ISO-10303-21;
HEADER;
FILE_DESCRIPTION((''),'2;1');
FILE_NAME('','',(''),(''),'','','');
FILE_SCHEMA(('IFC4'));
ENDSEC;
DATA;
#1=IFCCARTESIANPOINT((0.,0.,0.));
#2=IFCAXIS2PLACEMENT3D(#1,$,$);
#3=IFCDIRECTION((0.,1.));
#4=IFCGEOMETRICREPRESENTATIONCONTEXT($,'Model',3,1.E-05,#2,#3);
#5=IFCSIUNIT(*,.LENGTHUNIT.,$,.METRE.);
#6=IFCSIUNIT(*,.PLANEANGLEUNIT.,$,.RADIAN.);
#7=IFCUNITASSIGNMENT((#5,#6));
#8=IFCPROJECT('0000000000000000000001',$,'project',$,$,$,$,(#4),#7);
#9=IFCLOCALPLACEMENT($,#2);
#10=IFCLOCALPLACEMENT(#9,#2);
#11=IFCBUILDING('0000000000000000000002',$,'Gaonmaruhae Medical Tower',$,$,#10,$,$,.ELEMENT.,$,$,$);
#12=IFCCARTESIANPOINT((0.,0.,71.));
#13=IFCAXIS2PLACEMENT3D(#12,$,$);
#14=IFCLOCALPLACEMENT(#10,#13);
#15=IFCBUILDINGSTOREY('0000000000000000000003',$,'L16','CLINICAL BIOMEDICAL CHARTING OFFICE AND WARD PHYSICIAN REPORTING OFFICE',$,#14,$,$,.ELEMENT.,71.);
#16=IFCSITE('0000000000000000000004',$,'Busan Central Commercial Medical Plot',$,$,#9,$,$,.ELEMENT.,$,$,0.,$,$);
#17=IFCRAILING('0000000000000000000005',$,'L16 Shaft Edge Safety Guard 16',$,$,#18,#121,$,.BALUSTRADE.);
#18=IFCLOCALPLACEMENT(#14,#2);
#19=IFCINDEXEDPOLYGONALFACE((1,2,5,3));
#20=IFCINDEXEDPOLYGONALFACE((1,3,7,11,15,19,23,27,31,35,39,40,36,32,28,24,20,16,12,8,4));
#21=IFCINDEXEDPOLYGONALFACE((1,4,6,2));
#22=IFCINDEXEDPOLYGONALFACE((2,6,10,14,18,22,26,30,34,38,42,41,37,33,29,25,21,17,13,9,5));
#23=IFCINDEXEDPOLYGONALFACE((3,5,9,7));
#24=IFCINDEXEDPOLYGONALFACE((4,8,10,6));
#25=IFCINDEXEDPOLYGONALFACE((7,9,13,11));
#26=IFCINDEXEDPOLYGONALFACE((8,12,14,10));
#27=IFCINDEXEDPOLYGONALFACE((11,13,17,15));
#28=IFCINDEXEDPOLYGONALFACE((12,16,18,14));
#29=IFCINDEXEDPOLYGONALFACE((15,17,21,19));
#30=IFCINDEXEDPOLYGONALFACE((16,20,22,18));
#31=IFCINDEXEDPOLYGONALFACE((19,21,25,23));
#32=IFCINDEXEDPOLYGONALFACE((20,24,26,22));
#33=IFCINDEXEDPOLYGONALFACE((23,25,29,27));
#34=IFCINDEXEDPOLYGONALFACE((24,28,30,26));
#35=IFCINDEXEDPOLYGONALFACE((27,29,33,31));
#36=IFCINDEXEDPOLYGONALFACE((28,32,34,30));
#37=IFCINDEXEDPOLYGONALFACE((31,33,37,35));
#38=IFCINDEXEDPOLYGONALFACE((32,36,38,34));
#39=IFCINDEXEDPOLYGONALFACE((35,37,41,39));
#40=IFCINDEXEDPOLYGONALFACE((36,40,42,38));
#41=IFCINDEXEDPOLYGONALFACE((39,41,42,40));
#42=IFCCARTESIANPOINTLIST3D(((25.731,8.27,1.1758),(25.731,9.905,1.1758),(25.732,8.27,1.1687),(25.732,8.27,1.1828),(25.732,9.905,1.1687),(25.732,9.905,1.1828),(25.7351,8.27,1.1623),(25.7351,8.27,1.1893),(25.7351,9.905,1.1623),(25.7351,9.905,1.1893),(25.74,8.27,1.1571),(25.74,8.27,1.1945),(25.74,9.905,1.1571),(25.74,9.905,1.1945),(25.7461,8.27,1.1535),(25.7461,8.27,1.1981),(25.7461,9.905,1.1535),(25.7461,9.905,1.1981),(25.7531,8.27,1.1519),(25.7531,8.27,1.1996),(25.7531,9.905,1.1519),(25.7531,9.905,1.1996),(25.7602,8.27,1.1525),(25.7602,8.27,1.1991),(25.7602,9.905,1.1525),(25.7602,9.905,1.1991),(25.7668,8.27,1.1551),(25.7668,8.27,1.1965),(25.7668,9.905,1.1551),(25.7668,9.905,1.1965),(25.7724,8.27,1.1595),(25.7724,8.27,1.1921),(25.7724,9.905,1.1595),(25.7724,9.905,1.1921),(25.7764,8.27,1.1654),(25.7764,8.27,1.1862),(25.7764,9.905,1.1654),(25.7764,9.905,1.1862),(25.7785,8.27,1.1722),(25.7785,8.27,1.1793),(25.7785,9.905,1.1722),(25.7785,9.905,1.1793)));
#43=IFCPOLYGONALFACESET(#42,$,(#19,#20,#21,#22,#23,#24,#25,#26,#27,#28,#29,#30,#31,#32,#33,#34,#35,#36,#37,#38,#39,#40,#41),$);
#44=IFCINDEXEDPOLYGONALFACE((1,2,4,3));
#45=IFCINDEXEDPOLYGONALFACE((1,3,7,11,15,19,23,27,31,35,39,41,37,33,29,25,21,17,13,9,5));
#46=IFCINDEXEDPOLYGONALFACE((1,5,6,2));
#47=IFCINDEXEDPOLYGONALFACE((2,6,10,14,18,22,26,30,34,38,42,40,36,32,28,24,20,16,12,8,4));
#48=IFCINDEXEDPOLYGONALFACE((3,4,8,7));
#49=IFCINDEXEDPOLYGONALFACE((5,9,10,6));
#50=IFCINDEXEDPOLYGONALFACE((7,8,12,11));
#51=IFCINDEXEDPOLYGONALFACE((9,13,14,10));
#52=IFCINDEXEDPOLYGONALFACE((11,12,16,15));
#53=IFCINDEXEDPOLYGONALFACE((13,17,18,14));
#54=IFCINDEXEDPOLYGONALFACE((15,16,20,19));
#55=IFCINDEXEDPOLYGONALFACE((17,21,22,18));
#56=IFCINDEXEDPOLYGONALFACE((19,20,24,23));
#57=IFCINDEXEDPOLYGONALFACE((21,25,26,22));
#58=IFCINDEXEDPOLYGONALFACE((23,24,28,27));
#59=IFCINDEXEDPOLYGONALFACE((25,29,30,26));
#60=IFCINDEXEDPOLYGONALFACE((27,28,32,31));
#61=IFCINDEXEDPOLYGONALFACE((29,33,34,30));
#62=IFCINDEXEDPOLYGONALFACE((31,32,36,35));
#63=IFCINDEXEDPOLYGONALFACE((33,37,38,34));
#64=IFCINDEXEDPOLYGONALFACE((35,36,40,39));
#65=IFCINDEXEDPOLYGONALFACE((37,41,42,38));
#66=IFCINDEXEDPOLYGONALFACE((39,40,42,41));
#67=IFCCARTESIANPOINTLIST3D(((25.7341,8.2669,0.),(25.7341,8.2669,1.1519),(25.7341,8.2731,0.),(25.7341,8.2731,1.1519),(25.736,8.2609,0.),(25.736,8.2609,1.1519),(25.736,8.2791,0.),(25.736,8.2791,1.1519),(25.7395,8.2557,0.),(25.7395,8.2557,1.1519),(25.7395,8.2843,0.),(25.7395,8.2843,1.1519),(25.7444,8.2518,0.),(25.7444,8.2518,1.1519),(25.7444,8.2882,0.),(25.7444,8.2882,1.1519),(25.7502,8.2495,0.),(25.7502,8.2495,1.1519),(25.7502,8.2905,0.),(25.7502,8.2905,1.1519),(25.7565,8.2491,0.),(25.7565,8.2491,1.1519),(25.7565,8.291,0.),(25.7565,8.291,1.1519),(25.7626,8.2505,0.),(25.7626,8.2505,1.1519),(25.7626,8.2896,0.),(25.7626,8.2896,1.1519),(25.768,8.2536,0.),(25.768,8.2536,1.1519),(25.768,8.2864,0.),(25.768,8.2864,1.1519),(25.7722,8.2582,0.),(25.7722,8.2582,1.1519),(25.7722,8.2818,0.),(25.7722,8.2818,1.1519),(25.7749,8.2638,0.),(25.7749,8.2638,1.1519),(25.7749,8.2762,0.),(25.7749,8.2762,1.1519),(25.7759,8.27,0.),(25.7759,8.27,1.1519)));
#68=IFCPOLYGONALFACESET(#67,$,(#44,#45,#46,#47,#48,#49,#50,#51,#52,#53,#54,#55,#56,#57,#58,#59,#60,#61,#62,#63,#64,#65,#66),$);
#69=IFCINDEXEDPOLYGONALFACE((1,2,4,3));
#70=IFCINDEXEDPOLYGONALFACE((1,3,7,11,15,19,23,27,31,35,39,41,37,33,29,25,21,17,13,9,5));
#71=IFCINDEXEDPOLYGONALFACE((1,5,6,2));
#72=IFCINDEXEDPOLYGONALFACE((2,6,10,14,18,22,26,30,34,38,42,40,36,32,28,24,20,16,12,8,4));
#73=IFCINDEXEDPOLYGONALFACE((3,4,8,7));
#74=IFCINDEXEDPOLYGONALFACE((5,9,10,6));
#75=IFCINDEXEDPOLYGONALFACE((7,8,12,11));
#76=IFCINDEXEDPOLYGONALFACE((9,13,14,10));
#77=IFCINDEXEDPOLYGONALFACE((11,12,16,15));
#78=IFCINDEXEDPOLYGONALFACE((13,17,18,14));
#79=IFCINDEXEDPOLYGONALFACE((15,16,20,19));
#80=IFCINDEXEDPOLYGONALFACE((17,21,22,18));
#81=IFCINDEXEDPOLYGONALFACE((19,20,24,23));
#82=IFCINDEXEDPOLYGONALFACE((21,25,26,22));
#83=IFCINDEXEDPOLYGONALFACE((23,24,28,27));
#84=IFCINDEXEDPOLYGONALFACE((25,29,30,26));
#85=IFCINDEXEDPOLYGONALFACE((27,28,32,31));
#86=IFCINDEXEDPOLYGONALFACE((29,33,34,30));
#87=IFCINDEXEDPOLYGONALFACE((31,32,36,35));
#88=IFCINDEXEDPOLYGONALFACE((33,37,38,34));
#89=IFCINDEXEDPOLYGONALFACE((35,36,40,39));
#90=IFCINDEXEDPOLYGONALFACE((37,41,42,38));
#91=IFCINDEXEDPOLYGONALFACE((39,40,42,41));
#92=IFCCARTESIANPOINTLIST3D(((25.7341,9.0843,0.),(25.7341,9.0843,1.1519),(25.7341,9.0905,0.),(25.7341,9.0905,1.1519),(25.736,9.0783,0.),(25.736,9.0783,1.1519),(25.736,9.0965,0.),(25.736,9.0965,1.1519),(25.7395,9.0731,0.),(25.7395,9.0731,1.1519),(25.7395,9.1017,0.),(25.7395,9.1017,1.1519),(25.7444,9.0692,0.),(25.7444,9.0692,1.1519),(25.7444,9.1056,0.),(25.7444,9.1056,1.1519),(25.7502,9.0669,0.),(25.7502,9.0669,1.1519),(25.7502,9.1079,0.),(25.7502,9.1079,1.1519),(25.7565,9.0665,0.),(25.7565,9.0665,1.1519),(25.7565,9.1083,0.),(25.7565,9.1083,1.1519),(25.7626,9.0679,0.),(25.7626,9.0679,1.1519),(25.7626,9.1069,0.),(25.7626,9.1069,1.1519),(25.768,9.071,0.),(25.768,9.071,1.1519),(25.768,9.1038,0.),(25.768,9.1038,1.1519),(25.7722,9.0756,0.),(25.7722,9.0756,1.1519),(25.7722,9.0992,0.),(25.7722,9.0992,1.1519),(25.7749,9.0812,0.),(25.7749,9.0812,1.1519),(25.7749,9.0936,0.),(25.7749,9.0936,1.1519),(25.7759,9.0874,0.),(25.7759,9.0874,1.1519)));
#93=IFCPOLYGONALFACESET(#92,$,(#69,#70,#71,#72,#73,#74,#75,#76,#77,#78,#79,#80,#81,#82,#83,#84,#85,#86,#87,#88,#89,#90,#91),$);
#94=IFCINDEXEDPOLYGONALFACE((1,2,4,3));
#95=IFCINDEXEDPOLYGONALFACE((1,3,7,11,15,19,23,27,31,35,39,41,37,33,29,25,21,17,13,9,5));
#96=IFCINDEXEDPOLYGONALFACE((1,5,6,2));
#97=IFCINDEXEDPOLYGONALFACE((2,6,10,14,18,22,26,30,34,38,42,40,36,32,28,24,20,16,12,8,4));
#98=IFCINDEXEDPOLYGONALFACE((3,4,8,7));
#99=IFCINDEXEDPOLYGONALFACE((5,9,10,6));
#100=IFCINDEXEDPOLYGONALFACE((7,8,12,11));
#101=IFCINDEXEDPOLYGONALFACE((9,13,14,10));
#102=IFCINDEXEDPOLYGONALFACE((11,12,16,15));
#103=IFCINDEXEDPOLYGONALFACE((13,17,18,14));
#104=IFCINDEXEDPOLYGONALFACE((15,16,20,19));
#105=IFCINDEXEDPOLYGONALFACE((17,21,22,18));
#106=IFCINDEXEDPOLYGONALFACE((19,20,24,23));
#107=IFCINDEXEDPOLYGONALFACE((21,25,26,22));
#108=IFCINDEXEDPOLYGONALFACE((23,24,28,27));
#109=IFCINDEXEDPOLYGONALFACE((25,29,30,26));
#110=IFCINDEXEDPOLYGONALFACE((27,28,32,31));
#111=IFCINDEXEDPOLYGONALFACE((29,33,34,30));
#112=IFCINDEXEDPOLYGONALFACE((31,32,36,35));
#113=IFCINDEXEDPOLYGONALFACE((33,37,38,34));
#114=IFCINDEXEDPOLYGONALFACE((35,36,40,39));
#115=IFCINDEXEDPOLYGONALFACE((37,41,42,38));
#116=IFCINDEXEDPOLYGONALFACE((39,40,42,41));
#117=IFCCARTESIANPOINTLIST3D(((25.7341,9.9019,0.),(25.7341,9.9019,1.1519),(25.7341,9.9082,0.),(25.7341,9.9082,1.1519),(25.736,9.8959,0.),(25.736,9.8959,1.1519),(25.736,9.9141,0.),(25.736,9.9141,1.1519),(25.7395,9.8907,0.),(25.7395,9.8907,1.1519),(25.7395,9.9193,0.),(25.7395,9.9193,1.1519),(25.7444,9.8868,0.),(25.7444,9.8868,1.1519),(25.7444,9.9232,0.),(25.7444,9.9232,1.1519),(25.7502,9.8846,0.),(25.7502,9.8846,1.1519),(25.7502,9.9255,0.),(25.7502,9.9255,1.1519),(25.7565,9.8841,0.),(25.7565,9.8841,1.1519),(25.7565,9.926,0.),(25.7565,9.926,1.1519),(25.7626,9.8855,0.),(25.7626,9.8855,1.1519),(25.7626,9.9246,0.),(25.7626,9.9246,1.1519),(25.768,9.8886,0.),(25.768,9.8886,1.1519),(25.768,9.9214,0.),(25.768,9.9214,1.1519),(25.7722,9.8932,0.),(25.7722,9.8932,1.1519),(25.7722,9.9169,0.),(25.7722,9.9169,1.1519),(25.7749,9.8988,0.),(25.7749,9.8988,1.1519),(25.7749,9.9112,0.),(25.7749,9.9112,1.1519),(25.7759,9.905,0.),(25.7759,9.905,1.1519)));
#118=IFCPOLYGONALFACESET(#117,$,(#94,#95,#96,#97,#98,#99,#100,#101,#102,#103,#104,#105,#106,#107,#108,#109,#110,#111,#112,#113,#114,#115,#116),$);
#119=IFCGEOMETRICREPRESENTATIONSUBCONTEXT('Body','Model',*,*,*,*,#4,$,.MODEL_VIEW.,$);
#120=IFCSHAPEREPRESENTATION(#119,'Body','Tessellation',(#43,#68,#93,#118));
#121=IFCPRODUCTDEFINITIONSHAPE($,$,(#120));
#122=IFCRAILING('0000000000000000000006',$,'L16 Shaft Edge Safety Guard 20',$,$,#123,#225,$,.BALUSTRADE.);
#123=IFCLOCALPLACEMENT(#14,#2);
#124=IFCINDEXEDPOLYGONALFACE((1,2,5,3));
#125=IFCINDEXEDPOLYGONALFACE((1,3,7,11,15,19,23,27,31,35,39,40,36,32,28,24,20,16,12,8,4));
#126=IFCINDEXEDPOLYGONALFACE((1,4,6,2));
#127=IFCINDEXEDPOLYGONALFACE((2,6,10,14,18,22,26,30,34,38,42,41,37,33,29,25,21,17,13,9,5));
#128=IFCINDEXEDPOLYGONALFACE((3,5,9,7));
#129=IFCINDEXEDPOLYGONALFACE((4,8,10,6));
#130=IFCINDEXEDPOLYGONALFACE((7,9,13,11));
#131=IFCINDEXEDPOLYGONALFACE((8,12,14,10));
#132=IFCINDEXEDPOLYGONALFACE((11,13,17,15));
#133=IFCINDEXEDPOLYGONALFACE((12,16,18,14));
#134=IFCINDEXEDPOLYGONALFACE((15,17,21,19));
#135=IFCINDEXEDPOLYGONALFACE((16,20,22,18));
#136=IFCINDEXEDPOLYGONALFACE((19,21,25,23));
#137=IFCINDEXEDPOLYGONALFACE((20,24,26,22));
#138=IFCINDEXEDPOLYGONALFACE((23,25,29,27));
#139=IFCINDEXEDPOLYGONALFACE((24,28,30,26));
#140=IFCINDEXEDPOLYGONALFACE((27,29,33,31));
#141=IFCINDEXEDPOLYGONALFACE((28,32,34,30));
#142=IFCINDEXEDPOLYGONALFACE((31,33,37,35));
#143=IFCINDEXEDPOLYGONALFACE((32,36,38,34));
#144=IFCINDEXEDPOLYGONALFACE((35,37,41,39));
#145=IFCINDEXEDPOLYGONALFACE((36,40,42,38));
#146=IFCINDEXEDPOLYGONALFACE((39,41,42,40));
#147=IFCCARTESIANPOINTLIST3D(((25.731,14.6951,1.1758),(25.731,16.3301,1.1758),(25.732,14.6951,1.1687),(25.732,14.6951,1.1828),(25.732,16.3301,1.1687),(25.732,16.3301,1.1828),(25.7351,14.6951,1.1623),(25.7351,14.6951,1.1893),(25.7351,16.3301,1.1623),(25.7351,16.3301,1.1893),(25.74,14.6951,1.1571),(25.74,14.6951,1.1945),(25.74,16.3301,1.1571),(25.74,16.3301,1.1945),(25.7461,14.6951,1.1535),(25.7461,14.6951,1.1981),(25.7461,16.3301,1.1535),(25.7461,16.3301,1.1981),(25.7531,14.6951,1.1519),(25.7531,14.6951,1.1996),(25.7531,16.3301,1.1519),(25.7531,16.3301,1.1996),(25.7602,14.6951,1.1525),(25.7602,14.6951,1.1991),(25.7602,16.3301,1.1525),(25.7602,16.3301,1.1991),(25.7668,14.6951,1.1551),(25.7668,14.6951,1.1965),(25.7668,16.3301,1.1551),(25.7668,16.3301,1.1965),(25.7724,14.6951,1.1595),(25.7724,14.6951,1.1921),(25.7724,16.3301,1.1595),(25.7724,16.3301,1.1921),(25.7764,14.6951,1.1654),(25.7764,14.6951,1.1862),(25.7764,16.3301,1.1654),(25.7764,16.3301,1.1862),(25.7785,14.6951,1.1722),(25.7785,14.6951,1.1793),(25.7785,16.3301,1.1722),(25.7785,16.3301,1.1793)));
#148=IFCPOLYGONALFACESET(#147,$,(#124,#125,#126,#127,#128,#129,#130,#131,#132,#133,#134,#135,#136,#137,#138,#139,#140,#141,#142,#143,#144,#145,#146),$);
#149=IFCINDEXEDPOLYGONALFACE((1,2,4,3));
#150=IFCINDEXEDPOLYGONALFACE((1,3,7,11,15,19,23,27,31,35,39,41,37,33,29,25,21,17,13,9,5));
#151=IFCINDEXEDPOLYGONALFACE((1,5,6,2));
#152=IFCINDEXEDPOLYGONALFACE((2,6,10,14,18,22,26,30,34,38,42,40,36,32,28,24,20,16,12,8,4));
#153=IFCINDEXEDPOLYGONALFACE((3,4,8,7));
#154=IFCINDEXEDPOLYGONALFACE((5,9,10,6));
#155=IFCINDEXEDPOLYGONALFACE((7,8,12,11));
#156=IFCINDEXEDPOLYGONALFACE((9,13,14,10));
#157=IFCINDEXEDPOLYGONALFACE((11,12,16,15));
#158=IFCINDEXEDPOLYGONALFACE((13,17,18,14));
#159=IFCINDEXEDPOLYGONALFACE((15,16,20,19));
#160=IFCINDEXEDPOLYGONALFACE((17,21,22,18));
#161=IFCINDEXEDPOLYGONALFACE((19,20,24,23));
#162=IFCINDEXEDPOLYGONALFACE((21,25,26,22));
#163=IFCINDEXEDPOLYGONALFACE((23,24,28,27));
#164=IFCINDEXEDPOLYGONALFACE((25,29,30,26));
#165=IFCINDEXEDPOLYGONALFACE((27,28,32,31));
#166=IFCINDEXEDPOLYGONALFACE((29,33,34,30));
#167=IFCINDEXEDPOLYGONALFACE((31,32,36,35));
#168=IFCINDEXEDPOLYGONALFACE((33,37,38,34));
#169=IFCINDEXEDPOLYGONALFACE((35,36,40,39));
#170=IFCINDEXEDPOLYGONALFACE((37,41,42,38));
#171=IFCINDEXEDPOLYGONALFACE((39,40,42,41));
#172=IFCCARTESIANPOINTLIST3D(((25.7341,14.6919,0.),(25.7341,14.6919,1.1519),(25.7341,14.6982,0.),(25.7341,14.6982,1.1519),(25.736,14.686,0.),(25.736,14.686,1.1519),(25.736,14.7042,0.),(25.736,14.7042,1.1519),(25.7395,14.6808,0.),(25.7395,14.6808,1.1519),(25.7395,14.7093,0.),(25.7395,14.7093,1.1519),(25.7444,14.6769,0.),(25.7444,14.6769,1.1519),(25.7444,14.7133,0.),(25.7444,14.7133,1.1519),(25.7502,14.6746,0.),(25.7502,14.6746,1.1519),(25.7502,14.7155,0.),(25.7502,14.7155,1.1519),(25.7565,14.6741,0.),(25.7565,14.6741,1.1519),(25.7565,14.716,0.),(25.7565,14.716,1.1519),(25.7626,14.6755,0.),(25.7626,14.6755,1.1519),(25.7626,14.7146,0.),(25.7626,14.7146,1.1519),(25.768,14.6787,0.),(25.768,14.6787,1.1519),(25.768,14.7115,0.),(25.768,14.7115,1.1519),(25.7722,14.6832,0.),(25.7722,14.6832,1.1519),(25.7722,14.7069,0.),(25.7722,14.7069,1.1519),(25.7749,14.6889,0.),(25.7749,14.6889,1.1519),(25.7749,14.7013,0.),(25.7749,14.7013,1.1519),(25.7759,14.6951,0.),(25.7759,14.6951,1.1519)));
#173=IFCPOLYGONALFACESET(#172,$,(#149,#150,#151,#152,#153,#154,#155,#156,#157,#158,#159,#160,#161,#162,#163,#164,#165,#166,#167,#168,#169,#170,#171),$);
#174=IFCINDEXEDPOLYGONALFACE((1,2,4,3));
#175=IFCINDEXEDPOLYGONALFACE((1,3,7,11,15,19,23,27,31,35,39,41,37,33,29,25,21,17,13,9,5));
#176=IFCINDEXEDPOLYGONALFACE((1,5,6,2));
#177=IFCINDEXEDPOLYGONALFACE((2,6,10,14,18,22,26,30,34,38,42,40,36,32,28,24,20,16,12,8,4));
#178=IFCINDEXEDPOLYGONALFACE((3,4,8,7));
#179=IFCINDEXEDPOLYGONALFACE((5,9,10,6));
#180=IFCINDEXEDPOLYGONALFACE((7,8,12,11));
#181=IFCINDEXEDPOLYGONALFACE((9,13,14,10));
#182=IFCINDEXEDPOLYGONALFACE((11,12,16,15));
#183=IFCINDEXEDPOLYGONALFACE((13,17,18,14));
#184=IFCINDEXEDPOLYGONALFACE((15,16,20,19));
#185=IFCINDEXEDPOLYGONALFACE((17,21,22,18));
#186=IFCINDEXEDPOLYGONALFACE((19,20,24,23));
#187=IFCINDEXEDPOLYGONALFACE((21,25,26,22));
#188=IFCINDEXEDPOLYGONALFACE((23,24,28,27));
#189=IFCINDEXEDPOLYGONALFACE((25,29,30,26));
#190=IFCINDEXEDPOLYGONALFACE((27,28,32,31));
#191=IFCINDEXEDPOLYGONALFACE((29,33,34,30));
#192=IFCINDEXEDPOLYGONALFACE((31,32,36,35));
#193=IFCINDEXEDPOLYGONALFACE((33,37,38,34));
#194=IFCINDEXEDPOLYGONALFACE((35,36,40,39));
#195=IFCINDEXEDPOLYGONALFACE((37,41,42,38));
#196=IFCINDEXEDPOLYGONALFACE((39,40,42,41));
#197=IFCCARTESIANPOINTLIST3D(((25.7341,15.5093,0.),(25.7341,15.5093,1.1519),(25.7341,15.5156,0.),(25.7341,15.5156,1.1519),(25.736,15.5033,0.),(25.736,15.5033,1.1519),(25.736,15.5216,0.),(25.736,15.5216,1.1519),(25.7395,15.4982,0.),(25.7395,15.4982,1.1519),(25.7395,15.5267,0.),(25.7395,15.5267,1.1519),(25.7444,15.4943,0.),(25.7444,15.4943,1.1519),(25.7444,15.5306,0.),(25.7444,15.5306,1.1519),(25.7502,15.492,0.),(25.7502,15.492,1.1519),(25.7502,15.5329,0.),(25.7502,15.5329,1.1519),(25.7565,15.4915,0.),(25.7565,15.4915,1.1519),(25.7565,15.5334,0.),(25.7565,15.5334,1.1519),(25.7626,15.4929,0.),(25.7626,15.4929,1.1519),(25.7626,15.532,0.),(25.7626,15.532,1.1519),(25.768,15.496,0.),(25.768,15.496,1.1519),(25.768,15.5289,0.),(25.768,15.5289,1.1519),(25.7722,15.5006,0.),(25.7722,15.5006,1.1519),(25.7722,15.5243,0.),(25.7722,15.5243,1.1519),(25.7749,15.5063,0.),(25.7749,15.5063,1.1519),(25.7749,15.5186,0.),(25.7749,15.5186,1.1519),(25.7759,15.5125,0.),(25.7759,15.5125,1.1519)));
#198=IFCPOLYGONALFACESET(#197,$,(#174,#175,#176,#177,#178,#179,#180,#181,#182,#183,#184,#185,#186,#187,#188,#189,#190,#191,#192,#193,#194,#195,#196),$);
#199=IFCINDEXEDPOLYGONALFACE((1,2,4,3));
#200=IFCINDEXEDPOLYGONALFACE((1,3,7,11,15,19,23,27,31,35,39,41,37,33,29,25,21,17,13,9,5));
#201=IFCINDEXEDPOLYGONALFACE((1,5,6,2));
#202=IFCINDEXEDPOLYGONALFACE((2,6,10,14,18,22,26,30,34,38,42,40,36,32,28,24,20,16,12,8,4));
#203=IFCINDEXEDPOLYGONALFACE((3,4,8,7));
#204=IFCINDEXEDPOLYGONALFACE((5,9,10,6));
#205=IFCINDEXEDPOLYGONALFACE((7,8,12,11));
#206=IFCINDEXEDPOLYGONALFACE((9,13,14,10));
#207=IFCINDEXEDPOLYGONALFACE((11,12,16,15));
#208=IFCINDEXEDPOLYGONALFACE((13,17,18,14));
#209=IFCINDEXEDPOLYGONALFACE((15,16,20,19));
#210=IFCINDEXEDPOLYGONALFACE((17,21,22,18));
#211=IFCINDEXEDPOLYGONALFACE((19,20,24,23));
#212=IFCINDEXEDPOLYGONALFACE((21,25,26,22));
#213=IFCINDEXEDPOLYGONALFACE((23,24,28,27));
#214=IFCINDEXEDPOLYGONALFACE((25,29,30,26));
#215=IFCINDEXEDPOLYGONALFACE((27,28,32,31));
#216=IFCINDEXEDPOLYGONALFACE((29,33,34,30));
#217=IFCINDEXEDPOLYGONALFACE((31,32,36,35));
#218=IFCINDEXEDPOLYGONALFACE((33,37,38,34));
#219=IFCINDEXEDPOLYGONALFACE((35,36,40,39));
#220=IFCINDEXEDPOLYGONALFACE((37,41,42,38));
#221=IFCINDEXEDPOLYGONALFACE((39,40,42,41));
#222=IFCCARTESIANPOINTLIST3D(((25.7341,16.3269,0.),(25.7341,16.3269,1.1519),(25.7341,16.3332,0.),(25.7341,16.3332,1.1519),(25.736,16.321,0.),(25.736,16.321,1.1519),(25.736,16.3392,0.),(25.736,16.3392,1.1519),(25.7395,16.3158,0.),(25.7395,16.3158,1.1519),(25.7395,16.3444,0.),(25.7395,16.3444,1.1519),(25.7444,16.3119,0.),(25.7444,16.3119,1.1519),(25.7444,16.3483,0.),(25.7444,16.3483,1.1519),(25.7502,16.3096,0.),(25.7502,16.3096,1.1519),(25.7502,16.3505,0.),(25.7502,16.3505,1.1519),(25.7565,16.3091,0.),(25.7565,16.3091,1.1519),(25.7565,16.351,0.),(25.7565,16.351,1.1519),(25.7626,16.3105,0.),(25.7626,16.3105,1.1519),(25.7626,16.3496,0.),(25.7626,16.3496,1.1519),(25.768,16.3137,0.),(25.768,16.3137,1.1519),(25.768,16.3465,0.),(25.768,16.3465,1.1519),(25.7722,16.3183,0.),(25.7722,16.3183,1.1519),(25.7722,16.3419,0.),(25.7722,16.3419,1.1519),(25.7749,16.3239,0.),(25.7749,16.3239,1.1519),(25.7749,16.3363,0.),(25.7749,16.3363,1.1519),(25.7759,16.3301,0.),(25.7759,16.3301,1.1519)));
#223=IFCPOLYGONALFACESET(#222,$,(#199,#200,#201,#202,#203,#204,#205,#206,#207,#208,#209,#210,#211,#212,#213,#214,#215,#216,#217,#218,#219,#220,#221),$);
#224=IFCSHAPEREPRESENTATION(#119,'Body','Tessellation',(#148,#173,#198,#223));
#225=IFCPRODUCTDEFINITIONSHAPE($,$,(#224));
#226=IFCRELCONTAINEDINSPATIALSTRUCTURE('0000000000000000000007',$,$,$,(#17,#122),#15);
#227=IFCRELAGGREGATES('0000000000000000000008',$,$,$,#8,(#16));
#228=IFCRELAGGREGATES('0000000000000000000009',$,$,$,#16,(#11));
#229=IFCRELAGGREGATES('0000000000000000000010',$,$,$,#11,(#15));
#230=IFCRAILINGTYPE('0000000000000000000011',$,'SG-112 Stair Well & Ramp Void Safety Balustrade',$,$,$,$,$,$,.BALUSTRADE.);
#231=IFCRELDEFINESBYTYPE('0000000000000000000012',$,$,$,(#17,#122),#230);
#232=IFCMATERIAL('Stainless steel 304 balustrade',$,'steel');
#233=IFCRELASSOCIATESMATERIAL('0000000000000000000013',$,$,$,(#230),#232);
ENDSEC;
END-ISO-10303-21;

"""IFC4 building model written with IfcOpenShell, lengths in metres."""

from ifc_helpers import new_model, si_unit, direction, frame, origin, origin_2d, place, context, subcontext, project, spatial, circle, extrude, material, type_object, element, save


model = new_model("IFC4")

# Units and contexts
model_context = context("Model", 3, precision=1e-05, world=origin(), true_north=direction((0.0, 1.0)))
body_context = subcontext(model_context, "Body", "Model", "MODEL_VIEW")
ifc_project = project(units=[si_unit("LENGTHUNIT", "METRE"), si_unit("PLANEANGLEUNIT", "RADIAN")], contexts=[model_context])

# Site, building, storey
site_placement = place(None, origin())
site = spatial("IfcSite", under=ifc_project, at=site_placement, Name="Busan Central Commercial Medical Plot", CompositionType="ELEMENT", RefElevation=0.0)
building_placement = place(site_placement, origin())
building = spatial("IfcBuilding", under=site, at=building_placement, Name="Gaonmaruhae Medical Tower", CompositionType="ELEMENT")
storey_placement = place(building_placement, frame((0.0, 0.0, 71.0)))
storey = spatial("IfcBuildingStorey", under=building, at=storey_placement, Name="L16", Description="CLINICAL BIOMEDICAL CHARTING OFFICE AND WARD PHYSICIAN REPORTING OFFICE", CompositionType="ELEMENT", Elevation=71.0)

# Railings
ifc_material_1 = material(Name="Stainless steel 304 balustrade", Category="steel")
railing_type_1 = type_object("IfcRailingType", Name="SG-112 Stair Well & Ramp Void Safety Balustrade", PredefinedType="BALUSTRADE", material=ifc_material_1)
for number, where, name in (
    (1, (25.7549, 8.27, 0.0), "L16 Shaft Edge Safety Guard 16"),
    (2, (25.7549, 14.6951, 0.0), "L16 Shaft Edge Safety Guard 20"),
):
    element("IfcRailing", number, at=place(storey_placement, frame(where)), inside=storey, type_object=railing_type_1, Name=name, PredefinedType="BALUSTRADE", context=body_context, shape_type="SweptSolid", body=[
        extrude(circle(Radius=0.0239, at=origin_2d()), frame((0.0, 0.0, 1.1758), z_axis=(0.0, 1.0, 0.0), x_axis=(-1.0, 0.0, 0.0)), (0.0, 0.0, 1.0), 1.635),
        extrude(circle(Radius=0.021, at=origin_2d()), origin(), (0.0, 0.0, 1.0), 1.1519),
        extrude(circle(Radius=0.021, at=origin_2d()), frame((0.0, 0.8174, 0.0)), (0.0, 0.0, 1.0), 1.1519),
        extrude(circle(Radius=0.021, at=origin_2d()), frame((0.0, 1.635, 0.0)), (0.0, 0.0, 1.0), 1.1519),
    ])

save(model, "model.ifc")
